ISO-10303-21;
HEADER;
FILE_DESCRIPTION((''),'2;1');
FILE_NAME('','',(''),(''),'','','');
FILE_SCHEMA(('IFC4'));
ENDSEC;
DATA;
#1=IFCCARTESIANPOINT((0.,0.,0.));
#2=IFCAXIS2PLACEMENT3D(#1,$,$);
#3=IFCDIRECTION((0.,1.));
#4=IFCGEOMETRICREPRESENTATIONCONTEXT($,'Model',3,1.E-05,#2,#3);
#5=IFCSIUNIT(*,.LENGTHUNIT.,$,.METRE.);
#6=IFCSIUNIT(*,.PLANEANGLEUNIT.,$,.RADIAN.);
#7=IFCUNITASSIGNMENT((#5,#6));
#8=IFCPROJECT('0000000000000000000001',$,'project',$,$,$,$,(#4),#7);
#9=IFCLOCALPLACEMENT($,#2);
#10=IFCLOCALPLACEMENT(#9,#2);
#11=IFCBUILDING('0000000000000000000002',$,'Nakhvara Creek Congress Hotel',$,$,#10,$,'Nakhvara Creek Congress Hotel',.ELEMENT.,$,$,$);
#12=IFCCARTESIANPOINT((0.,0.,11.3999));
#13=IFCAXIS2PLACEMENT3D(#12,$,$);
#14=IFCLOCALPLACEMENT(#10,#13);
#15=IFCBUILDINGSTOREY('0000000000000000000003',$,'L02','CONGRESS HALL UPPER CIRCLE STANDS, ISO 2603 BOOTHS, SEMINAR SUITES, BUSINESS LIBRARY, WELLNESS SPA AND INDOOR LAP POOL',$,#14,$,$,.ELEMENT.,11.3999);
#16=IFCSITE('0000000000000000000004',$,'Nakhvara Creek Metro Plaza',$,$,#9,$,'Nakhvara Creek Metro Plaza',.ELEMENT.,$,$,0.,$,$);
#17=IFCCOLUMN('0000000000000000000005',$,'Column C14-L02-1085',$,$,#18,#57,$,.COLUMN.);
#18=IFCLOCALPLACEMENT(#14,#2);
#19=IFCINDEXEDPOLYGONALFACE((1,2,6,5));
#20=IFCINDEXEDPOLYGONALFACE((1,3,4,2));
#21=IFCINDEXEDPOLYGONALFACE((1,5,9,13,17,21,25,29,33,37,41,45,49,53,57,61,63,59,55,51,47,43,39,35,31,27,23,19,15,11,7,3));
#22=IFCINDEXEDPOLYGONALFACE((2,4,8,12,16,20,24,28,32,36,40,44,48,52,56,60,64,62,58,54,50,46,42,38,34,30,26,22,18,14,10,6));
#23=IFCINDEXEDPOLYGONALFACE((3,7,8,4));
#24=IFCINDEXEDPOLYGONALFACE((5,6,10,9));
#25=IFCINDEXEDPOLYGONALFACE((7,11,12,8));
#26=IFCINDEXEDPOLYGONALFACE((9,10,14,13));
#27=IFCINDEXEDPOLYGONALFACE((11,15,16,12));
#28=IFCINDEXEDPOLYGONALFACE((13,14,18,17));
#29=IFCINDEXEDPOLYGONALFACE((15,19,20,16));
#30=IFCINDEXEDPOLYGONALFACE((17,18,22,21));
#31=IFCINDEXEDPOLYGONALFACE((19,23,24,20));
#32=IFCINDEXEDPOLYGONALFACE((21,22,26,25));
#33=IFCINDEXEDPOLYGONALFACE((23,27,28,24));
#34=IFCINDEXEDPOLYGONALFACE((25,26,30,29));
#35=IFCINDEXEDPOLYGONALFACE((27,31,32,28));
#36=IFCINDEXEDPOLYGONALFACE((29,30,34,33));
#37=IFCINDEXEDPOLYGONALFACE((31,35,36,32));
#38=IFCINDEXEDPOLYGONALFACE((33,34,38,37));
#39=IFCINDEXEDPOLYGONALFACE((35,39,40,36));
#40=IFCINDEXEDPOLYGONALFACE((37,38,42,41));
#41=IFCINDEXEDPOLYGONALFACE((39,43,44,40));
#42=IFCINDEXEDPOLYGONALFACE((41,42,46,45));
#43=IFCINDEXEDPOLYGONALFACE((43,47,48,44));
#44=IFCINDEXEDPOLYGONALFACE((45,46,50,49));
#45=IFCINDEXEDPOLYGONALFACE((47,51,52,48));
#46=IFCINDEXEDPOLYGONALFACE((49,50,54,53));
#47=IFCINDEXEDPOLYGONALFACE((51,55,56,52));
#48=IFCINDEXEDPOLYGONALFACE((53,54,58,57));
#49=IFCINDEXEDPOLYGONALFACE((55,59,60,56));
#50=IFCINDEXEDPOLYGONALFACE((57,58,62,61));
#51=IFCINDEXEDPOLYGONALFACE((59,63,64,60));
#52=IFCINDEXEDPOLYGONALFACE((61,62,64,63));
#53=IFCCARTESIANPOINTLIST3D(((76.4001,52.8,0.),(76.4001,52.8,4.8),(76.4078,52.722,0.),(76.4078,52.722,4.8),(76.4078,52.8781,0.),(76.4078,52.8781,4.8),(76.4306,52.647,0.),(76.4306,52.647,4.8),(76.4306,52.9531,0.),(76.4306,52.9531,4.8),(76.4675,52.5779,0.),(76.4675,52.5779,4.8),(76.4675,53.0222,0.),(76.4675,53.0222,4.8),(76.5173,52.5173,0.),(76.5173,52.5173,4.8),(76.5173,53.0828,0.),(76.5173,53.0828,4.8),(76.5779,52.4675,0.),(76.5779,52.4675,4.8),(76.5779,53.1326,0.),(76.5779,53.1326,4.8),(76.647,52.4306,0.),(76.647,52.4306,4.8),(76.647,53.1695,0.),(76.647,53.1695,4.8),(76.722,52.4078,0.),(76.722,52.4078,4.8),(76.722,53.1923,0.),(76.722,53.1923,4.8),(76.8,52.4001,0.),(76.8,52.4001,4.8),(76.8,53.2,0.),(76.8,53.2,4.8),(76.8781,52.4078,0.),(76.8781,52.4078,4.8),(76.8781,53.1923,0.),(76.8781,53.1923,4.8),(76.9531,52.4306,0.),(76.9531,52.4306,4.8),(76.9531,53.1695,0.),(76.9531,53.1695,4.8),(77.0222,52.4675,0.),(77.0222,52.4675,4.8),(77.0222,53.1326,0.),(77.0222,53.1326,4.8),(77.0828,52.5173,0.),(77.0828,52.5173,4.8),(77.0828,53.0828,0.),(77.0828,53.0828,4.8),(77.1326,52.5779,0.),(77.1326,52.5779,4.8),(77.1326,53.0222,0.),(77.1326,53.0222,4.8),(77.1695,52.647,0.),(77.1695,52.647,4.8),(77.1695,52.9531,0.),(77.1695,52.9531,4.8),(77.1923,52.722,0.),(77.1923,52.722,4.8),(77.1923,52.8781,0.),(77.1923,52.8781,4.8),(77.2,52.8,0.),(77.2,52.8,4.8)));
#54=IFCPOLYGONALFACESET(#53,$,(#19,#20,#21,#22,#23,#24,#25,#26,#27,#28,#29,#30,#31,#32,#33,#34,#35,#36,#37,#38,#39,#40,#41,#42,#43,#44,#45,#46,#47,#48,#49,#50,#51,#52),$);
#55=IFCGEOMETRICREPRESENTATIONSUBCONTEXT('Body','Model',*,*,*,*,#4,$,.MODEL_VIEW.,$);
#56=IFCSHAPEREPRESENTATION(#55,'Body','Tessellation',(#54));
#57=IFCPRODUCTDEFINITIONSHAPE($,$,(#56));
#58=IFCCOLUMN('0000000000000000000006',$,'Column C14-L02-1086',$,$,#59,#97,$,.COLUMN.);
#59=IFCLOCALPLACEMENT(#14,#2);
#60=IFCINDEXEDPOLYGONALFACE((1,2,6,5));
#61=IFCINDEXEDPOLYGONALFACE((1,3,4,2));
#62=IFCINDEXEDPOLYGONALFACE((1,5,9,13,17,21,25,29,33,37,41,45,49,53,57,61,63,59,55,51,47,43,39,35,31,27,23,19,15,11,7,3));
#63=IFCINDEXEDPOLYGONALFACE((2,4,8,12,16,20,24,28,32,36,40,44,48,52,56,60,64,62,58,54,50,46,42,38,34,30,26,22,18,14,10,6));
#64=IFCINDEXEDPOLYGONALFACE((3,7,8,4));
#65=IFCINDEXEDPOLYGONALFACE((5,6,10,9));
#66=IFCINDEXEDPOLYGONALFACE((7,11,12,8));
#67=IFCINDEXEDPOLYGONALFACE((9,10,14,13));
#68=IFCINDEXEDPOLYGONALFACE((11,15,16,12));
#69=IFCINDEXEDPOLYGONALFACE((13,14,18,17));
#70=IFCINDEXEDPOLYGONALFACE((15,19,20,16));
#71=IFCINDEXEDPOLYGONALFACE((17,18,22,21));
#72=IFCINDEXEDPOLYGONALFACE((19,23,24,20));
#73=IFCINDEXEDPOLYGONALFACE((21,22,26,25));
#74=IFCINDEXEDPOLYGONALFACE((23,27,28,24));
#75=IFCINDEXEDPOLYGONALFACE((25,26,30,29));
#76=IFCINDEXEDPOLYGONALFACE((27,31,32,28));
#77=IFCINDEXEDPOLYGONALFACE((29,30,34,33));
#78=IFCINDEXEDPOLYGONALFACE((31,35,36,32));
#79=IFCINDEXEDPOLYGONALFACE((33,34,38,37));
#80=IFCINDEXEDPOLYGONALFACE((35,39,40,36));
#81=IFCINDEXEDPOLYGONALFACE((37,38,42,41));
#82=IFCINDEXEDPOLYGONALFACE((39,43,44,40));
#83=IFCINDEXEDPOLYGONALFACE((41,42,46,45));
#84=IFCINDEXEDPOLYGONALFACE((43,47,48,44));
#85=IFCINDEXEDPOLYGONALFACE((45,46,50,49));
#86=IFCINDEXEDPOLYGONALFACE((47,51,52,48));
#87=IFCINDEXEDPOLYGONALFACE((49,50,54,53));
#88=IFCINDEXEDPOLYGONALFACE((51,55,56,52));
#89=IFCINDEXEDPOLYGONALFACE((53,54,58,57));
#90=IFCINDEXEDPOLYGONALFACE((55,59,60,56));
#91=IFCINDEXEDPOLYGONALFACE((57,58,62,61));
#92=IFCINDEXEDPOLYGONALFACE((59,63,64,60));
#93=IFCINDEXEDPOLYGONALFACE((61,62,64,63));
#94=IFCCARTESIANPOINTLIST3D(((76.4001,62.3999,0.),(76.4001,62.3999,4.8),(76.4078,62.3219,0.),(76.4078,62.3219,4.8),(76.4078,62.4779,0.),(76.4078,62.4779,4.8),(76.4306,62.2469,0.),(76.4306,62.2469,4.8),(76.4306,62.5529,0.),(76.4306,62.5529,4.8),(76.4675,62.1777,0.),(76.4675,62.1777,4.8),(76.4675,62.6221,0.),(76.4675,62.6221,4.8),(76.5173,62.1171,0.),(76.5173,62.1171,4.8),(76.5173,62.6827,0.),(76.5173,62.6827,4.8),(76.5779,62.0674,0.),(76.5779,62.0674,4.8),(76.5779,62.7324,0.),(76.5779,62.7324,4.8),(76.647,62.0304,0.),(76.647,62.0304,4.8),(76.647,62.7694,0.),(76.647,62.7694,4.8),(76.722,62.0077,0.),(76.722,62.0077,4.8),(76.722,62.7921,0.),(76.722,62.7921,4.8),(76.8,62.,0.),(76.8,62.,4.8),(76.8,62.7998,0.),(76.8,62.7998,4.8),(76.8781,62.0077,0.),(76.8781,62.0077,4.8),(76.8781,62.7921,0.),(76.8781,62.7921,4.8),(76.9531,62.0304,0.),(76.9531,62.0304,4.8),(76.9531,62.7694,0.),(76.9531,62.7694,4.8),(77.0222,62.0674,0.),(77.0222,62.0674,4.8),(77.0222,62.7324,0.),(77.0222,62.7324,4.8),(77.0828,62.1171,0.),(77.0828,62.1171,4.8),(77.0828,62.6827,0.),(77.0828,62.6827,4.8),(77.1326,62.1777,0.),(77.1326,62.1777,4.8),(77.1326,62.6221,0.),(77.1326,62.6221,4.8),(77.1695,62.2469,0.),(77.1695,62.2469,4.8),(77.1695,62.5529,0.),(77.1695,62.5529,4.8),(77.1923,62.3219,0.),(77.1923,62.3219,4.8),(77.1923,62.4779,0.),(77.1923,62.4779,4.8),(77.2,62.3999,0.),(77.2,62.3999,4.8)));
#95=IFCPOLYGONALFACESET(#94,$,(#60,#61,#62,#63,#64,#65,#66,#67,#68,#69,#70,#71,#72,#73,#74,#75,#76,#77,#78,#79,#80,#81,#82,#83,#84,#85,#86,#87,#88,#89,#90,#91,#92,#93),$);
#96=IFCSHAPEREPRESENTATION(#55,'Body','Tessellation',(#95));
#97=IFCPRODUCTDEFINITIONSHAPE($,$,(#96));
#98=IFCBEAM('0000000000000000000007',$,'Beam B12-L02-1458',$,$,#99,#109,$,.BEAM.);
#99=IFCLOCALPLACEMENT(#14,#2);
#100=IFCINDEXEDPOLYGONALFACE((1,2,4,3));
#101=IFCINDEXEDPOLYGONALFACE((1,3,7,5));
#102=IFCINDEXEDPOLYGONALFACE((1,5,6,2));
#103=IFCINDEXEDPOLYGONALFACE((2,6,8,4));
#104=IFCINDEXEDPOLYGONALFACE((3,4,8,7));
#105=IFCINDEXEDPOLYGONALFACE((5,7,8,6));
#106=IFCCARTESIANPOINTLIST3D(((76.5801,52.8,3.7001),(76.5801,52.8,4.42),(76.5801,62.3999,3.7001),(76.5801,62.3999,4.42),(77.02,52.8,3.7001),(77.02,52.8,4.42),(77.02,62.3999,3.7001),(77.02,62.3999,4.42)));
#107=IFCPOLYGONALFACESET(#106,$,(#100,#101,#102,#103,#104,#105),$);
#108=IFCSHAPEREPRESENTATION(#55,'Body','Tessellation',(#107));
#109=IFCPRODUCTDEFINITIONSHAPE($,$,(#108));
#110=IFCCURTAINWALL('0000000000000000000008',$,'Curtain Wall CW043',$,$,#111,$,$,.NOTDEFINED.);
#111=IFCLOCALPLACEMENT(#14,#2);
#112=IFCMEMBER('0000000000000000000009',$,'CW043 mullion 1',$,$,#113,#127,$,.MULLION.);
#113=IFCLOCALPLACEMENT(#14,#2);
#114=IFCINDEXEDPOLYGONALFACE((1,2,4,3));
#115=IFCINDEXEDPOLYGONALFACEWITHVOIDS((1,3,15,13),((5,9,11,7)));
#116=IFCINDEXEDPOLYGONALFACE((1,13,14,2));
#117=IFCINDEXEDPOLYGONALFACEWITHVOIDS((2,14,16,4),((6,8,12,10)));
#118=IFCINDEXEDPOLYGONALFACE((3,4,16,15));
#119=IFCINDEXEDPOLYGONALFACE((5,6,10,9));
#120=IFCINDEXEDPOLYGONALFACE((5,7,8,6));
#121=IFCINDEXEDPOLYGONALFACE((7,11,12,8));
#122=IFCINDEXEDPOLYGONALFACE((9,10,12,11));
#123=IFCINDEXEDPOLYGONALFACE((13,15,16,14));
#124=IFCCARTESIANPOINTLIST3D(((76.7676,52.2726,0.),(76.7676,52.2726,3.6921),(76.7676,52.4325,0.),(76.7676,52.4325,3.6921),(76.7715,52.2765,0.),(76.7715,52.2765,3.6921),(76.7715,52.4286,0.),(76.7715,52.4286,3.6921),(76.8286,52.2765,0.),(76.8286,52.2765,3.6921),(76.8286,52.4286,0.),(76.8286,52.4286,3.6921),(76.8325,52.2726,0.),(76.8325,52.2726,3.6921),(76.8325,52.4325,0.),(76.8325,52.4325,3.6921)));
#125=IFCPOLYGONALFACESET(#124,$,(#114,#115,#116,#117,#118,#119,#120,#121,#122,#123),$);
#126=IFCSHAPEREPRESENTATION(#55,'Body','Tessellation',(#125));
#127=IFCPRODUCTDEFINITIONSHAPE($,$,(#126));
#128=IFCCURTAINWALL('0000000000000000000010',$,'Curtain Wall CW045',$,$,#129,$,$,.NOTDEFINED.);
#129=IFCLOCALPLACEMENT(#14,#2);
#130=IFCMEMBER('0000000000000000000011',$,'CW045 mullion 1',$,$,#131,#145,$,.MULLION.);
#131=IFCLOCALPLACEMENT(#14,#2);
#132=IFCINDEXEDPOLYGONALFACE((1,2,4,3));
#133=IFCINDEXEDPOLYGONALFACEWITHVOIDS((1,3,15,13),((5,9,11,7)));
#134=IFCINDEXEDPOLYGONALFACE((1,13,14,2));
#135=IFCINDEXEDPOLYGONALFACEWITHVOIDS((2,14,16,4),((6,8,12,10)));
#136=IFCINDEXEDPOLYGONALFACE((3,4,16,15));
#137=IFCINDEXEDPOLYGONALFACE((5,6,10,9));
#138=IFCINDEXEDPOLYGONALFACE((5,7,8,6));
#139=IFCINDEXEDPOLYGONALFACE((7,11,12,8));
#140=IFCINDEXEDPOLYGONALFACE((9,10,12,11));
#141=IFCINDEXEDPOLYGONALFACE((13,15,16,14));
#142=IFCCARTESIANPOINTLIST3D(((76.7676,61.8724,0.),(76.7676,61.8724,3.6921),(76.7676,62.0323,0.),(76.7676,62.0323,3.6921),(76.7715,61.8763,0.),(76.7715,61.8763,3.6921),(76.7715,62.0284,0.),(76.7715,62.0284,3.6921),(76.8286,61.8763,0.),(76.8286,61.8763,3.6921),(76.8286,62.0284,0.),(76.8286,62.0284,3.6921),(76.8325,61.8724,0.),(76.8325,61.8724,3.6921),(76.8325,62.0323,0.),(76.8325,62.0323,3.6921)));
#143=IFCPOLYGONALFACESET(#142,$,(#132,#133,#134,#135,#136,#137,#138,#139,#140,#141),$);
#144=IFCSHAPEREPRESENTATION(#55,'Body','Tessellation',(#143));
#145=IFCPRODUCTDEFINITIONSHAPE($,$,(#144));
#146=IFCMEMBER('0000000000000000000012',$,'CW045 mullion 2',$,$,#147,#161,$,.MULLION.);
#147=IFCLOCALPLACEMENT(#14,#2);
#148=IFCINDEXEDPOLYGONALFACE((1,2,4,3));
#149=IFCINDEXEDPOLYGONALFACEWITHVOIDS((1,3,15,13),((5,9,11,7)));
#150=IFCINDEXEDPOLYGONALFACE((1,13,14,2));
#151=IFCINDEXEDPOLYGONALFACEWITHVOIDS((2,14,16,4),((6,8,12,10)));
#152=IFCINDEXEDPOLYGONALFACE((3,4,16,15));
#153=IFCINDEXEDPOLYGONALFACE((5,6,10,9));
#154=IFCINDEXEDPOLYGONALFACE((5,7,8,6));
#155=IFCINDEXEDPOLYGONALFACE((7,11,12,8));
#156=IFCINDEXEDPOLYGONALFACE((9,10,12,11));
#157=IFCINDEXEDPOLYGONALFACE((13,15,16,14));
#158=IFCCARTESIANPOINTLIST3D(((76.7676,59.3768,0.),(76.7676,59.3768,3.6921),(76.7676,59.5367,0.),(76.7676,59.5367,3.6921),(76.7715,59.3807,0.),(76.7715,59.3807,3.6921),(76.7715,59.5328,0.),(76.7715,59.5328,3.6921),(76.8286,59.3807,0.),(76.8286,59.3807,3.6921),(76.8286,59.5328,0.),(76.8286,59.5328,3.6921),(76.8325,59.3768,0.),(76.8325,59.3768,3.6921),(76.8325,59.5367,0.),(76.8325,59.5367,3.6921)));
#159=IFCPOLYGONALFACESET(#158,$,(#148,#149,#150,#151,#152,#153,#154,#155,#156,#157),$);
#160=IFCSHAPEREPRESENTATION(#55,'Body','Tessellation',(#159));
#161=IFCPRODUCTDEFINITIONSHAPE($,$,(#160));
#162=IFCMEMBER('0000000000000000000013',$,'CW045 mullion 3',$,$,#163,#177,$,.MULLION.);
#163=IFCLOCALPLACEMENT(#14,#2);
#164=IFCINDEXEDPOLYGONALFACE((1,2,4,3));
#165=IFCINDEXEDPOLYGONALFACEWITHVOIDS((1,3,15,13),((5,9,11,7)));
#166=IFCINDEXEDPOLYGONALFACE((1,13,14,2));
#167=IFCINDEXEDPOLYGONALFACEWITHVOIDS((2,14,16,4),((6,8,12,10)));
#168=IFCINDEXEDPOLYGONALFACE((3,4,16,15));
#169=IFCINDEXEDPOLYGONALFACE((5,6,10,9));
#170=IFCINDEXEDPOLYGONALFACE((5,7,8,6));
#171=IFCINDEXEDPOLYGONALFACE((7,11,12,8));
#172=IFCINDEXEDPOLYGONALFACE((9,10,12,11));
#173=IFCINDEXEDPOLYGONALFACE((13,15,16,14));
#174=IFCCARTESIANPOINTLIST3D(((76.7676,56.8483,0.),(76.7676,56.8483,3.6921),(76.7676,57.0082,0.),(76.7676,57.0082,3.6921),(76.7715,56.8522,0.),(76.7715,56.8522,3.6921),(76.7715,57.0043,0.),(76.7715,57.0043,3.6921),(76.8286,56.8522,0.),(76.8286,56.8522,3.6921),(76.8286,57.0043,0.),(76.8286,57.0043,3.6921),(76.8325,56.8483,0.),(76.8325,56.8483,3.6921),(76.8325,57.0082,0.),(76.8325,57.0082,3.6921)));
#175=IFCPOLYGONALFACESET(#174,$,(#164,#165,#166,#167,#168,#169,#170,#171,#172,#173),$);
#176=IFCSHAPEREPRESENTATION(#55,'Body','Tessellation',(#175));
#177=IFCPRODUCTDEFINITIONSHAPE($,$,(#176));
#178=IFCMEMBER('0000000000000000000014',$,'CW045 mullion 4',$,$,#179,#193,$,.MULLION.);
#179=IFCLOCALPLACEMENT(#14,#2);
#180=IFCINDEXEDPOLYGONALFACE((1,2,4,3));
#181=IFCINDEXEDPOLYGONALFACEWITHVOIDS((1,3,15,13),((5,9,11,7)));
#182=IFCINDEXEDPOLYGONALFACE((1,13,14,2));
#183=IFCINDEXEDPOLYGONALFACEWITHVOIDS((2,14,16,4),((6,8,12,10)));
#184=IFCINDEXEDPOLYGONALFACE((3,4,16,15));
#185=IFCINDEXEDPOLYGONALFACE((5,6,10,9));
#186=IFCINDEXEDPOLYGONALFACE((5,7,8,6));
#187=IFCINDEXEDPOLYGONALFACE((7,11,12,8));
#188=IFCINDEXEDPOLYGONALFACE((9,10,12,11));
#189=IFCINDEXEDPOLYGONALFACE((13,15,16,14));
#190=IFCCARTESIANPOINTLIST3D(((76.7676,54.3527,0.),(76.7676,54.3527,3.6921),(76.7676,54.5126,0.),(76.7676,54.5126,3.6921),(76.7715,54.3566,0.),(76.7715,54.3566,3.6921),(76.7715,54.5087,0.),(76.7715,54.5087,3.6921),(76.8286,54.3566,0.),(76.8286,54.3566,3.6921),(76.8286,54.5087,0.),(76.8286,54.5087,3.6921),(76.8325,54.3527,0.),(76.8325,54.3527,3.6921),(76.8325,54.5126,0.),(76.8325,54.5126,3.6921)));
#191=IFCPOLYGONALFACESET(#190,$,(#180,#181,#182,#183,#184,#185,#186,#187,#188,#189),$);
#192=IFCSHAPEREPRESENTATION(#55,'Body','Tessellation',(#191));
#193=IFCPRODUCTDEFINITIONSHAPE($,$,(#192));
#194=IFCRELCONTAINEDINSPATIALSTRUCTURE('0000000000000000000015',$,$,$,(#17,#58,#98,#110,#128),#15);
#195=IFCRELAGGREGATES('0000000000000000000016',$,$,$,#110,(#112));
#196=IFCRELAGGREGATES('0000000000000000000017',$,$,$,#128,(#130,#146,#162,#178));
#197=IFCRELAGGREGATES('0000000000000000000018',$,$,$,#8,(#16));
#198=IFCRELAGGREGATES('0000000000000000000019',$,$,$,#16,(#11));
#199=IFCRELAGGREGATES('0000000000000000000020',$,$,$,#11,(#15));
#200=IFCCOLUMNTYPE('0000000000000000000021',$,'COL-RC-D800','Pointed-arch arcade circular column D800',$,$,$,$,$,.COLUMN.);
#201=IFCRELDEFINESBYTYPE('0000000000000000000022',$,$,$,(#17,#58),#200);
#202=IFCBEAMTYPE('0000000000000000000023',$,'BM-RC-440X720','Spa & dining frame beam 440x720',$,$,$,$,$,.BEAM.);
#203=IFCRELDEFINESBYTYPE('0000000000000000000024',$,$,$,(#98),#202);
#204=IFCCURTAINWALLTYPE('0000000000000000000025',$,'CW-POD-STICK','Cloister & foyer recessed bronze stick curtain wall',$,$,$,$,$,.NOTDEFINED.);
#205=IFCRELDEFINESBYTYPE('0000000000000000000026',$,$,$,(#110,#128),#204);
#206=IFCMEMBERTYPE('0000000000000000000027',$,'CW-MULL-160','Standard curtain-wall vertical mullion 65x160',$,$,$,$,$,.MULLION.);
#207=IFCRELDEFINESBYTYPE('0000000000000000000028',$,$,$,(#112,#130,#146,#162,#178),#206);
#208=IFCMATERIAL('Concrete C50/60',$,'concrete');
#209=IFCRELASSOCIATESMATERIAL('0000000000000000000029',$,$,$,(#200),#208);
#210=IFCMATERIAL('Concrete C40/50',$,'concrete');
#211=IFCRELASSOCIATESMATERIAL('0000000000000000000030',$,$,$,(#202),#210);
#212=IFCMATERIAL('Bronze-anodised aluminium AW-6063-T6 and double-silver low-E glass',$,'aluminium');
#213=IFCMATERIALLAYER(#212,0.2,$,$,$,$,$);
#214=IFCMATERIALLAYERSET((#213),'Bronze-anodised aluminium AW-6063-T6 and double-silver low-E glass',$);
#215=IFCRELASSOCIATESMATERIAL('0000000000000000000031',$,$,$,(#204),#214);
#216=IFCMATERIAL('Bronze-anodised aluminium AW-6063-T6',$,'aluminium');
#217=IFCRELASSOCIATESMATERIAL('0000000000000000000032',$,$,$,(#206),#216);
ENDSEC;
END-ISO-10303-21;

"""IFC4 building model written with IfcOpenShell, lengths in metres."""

from ifc_helpers import new_model, si_unit, direction, frame, origin, origin_2d, place, context, subcontext, project, spatial, rectangle, hollow_rectangle, circle, extrude, material, layer, layer_set, material_profile, profile_set, type_object, element, aggregate, save


model = new_model("IFC4")

# Units and contexts
model_context = context("Model", 3, precision=1e-05, world=origin(), true_north=direction((0.0, 1.0)))
body_context = subcontext(model_context, "Body", "Model", "MODEL_VIEW")
ifc_project = project(units=[si_unit("LENGTHUNIT", "METRE"), si_unit("PLANEANGLEUNIT", "RADIAN")], contexts=[model_context])

# Site, building, storey
site_placement = place(None, origin())
site = spatial("IfcSite", under=ifc_project, at=site_placement, Name="Nakhvara Creek Metro Plaza", LongName="Nakhvara Creek Metro Plaza", CompositionType="ELEMENT", RefElevation=0.0)
building_placement = place(site_placement, origin())
building = spatial("IfcBuilding", under=site, at=building_placement, Name="Nakhvara Creek Congress Hotel", LongName="Nakhvara Creek Congress Hotel", CompositionType="ELEMENT")
storey_placement = place(building_placement, frame((0.0, 0.0, 11.3999)))
storey = spatial("IfcBuildingStorey", under=building, at=storey_placement, Name="L02", Description="CONGRESS HALL UPPER CIRCLE STANDS, ISO 2603 BOOTHS, SEMINAR SUITES, BUSINESS LIBRARY, WELLNESS SPA AND INDOOR LAP POOL", CompositionType="ELEMENT", Elevation=11.3999)

# Columns
ifc_material_1 = material(Name="Concrete C50/60", Category="concrete")
ifc_material_profile_1 = material_profile(ifc_material_1, circle(Radius=0.3999, at=origin_2d()), Name="RC-COL D800", Category="LoadBearing")
ifc_profile_set_1 = profile_set([ifc_material_profile_1], Name="Concrete C50/60")
column_type = type_object("IfcColumnType", Name="COL-RC-D800", Description="Pointed-arch arcade circular column D800", PredefinedType="COLUMN", material=ifc_profile_set_1)
for number, where, z_axis, x_axis, name in (
    (1, (76.8, 52.8, 0.0), (0.0, 0.0, 1.0), (1.0, 0.0, 0.0), "Column C14-L02-1085"),
    (2, (76.8, 62.3999, 0.0), (0.0, 0.0, 1.0), (1.0, 0.0, 0.0), "Column C14-L02-1086"),
):
    element("IfcColumn", number, at=place(storey_placement, frame(where, z_axis=z_axis, x_axis=x_axis)), inside=storey, type_object=column_type, Name=name, PredefinedType="COLUMN", context=body_context, shape_type="SweptSolid", body=[
        extrude(circle(Radius=0.3999, at=origin_2d()), origin(), (0.0, 0.0, 1.0), 4.8),
    ])

# Beam
ifc_material_2 = material(Name="Concrete C40/50", Category="concrete")
ifc_material_profile_2 = material_profile(ifc_material_2, rectangle(XDim=0.4399, YDim=0.72, at=origin_2d()), Name="RC-BM 440x720", Category="LoadBearing")
ifc_profile_set_2 = profile_set([ifc_material_profile_2], Name="Concrete C40/50")
beam_type = type_object("IfcBeamType", Name="BM-RC-440X720", Description="Spa & dining frame beam 440x720", PredefinedType="BEAM", material=ifc_profile_set_2)
beam_placement = place(storey_placement, frame((76.8, 52.8, 4.0601), z_axis=(0.0, 1.0, 0.0), x_axis=(-1.0, 0.0, 0.0)))
element("IfcBeam", 3, at=beam_placement, inside=storey, type_object=beam_type, Name="Beam B12-L02-1458", PredefinedType="BEAM", context=body_context, shape_type="SweptSolid", body=[
    extrude(rectangle(XDim=0.4399, YDim=0.72, at=origin_2d()), origin(), (0.0, 0.0, 1.0), 9.5999),
])

# Curtain wall, member
ifc_material_3 = material(Name="Bronze-anodised aluminium AW-6063-T6 and double-silver low-E glass", Category="aluminium")
ifc_layer = layer(ifc_material_3, 0.2)
ifc_layer_set = layer_set([ifc_layer], Name="Bronze-anodised aluminium AW-6063-T6 and double-silver low-E glass")
curtain_wall_type = type_object("IfcCurtainWallType", Name="CW-POD-STICK", Description="Cloister & foyer recessed bronze stick curtain wall", PredefinedType="NOTDEFINED", material=ifc_layer_set)
curtain_wall_1_placement = place(storey_placement, origin())
curtain_wall_1 = element("IfcCurtainWall", 4, at=curtain_wall_1_placement, inside=storey, type_object=curtain_wall_type, Name="Curtain Wall CW043", PredefinedType="NOTDEFINED")
ifc_material_4 = material(Name="Bronze-anodised aluminium AW-6063-T6", Category="aluminium")
ifc_material_profile_3 = material_profile(ifc_material_4, hollow_rectangle(XDim=0.0649, YDim=0.1599, WallThickness=0.0039, at=origin_2d()), Name="ALU-MULL 65x160x4", Category="LoadBearing")
ifc_profile_set_3 = profile_set([ifc_material_profile_3], Name="Bronze-anodised aluminium AW-6063-T6")
member_type_1 = type_object("IfcMemberType", Name="CW-MULL-160", Description="Standard curtain-wall vertical mullion 65x160", PredefinedType="MULLION", material=ifc_profile_set_3)
member_1_placement = place(storey_placement, frame((76.8, 52.3525, 0.0), z_axis=(0.0, 0.0, 1.0), x_axis=(1.0, 0.0, 0.0)))
member_1 = element("IfcMember", 5, at=member_1_placement, type_object=member_type_1, Name="CW043 mullion 1", PredefinedType="MULLION", context=body_context, shape_type="SweptSolid", body=[
    extrude(hollow_rectangle(XDim=0.0649, YDim=0.1599, WallThickness=0.0039, at=origin_2d()), origin(), (0.0, 0.0, 1.0), 3.6921),
])
aggregate(curtain_wall_1, [member_1])

# Curtain wall, members
curtain_wall_2_placement = place(storey_placement, origin())
curtain_wall_2 = element("IfcCurtainWall", 6, at=curtain_wall_2_placement, inside=storey, type_object=curtain_wall_type, Name="Curtain Wall CW045", PredefinedType="NOTDEFINED")
member_2_placement = place(storey_placement, frame((76.8, 61.9524, 0.0), z_axis=(0.0, 0.0, 1.0), x_axis=(1.0, 0.0, 0.0)))
member_2 = element("IfcMember", 7, at=member_2_placement, type_object=member_type_1, Name="CW045 mullion 1", PredefinedType="MULLION", context=body_context, shape_type="SweptSolid", body=[
    extrude(hollow_rectangle(XDim=0.0649, YDim=0.1599, WallThickness=0.0039, at=origin_2d()), origin(), (0.0, 0.0, 1.0), 3.6921),
])
member_3_placement = place(storey_placement, frame((76.8, 59.4568, 0.0), z_axis=(0.0, 0.0, 1.0), x_axis=(1.0, 0.0, 0.0)))
member_3 = element("IfcMember", 8, at=member_3_placement, type_object=member_type_1, Name="CW045 mullion 2", PredefinedType="MULLION", context=body_context, shape_type="SweptSolid", body=[
    extrude(hollow_rectangle(XDim=0.0649, YDim=0.1599, WallThickness=0.0039, at=origin_2d()), origin(), (0.0, 0.0, 1.0), 3.6921),
])
member_4_placement = place(storey_placement, frame((76.8, 56.9282, 0.0), z_axis=(0.0, 0.0, 1.0), x_axis=(1.0, 0.0, 0.0)))
member_4 = element("IfcMember", 9, at=member_4_placement, type_object=member_type_1, Name="CW045 mullion 3", PredefinedType="MULLION", context=body_context, shape_type="SweptSolid", body=[
    extrude(hollow_rectangle(XDim=0.0649, YDim=0.1599, WallThickness=0.0039, at=origin_2d()), origin(), (0.0, 0.0, 1.0), 3.6921),
])
member_5_placement = place(storey_placement, frame((76.8, 54.4326, 0.0), z_axis=(0.0, 0.0, 1.0), x_axis=(1.0, 0.0, 0.0)))
member_5 = element("IfcMember", 10, at=member_5_placement, type_object=member_type_1, Name="CW045 mullion 4", PredefinedType="MULLION", context=body_context, shape_type="SweptSolid", body=[
    extrude(hollow_rectangle(XDim=0.0649, YDim=0.1599, WallThickness=0.0039, at=origin_2d()), origin(), (0.0, 0.0, 1.0), 3.6921),
])
aggregate(curtain_wall_2, [member_2, member_3, member_4, member_5])

save(model, "model.ifc")
